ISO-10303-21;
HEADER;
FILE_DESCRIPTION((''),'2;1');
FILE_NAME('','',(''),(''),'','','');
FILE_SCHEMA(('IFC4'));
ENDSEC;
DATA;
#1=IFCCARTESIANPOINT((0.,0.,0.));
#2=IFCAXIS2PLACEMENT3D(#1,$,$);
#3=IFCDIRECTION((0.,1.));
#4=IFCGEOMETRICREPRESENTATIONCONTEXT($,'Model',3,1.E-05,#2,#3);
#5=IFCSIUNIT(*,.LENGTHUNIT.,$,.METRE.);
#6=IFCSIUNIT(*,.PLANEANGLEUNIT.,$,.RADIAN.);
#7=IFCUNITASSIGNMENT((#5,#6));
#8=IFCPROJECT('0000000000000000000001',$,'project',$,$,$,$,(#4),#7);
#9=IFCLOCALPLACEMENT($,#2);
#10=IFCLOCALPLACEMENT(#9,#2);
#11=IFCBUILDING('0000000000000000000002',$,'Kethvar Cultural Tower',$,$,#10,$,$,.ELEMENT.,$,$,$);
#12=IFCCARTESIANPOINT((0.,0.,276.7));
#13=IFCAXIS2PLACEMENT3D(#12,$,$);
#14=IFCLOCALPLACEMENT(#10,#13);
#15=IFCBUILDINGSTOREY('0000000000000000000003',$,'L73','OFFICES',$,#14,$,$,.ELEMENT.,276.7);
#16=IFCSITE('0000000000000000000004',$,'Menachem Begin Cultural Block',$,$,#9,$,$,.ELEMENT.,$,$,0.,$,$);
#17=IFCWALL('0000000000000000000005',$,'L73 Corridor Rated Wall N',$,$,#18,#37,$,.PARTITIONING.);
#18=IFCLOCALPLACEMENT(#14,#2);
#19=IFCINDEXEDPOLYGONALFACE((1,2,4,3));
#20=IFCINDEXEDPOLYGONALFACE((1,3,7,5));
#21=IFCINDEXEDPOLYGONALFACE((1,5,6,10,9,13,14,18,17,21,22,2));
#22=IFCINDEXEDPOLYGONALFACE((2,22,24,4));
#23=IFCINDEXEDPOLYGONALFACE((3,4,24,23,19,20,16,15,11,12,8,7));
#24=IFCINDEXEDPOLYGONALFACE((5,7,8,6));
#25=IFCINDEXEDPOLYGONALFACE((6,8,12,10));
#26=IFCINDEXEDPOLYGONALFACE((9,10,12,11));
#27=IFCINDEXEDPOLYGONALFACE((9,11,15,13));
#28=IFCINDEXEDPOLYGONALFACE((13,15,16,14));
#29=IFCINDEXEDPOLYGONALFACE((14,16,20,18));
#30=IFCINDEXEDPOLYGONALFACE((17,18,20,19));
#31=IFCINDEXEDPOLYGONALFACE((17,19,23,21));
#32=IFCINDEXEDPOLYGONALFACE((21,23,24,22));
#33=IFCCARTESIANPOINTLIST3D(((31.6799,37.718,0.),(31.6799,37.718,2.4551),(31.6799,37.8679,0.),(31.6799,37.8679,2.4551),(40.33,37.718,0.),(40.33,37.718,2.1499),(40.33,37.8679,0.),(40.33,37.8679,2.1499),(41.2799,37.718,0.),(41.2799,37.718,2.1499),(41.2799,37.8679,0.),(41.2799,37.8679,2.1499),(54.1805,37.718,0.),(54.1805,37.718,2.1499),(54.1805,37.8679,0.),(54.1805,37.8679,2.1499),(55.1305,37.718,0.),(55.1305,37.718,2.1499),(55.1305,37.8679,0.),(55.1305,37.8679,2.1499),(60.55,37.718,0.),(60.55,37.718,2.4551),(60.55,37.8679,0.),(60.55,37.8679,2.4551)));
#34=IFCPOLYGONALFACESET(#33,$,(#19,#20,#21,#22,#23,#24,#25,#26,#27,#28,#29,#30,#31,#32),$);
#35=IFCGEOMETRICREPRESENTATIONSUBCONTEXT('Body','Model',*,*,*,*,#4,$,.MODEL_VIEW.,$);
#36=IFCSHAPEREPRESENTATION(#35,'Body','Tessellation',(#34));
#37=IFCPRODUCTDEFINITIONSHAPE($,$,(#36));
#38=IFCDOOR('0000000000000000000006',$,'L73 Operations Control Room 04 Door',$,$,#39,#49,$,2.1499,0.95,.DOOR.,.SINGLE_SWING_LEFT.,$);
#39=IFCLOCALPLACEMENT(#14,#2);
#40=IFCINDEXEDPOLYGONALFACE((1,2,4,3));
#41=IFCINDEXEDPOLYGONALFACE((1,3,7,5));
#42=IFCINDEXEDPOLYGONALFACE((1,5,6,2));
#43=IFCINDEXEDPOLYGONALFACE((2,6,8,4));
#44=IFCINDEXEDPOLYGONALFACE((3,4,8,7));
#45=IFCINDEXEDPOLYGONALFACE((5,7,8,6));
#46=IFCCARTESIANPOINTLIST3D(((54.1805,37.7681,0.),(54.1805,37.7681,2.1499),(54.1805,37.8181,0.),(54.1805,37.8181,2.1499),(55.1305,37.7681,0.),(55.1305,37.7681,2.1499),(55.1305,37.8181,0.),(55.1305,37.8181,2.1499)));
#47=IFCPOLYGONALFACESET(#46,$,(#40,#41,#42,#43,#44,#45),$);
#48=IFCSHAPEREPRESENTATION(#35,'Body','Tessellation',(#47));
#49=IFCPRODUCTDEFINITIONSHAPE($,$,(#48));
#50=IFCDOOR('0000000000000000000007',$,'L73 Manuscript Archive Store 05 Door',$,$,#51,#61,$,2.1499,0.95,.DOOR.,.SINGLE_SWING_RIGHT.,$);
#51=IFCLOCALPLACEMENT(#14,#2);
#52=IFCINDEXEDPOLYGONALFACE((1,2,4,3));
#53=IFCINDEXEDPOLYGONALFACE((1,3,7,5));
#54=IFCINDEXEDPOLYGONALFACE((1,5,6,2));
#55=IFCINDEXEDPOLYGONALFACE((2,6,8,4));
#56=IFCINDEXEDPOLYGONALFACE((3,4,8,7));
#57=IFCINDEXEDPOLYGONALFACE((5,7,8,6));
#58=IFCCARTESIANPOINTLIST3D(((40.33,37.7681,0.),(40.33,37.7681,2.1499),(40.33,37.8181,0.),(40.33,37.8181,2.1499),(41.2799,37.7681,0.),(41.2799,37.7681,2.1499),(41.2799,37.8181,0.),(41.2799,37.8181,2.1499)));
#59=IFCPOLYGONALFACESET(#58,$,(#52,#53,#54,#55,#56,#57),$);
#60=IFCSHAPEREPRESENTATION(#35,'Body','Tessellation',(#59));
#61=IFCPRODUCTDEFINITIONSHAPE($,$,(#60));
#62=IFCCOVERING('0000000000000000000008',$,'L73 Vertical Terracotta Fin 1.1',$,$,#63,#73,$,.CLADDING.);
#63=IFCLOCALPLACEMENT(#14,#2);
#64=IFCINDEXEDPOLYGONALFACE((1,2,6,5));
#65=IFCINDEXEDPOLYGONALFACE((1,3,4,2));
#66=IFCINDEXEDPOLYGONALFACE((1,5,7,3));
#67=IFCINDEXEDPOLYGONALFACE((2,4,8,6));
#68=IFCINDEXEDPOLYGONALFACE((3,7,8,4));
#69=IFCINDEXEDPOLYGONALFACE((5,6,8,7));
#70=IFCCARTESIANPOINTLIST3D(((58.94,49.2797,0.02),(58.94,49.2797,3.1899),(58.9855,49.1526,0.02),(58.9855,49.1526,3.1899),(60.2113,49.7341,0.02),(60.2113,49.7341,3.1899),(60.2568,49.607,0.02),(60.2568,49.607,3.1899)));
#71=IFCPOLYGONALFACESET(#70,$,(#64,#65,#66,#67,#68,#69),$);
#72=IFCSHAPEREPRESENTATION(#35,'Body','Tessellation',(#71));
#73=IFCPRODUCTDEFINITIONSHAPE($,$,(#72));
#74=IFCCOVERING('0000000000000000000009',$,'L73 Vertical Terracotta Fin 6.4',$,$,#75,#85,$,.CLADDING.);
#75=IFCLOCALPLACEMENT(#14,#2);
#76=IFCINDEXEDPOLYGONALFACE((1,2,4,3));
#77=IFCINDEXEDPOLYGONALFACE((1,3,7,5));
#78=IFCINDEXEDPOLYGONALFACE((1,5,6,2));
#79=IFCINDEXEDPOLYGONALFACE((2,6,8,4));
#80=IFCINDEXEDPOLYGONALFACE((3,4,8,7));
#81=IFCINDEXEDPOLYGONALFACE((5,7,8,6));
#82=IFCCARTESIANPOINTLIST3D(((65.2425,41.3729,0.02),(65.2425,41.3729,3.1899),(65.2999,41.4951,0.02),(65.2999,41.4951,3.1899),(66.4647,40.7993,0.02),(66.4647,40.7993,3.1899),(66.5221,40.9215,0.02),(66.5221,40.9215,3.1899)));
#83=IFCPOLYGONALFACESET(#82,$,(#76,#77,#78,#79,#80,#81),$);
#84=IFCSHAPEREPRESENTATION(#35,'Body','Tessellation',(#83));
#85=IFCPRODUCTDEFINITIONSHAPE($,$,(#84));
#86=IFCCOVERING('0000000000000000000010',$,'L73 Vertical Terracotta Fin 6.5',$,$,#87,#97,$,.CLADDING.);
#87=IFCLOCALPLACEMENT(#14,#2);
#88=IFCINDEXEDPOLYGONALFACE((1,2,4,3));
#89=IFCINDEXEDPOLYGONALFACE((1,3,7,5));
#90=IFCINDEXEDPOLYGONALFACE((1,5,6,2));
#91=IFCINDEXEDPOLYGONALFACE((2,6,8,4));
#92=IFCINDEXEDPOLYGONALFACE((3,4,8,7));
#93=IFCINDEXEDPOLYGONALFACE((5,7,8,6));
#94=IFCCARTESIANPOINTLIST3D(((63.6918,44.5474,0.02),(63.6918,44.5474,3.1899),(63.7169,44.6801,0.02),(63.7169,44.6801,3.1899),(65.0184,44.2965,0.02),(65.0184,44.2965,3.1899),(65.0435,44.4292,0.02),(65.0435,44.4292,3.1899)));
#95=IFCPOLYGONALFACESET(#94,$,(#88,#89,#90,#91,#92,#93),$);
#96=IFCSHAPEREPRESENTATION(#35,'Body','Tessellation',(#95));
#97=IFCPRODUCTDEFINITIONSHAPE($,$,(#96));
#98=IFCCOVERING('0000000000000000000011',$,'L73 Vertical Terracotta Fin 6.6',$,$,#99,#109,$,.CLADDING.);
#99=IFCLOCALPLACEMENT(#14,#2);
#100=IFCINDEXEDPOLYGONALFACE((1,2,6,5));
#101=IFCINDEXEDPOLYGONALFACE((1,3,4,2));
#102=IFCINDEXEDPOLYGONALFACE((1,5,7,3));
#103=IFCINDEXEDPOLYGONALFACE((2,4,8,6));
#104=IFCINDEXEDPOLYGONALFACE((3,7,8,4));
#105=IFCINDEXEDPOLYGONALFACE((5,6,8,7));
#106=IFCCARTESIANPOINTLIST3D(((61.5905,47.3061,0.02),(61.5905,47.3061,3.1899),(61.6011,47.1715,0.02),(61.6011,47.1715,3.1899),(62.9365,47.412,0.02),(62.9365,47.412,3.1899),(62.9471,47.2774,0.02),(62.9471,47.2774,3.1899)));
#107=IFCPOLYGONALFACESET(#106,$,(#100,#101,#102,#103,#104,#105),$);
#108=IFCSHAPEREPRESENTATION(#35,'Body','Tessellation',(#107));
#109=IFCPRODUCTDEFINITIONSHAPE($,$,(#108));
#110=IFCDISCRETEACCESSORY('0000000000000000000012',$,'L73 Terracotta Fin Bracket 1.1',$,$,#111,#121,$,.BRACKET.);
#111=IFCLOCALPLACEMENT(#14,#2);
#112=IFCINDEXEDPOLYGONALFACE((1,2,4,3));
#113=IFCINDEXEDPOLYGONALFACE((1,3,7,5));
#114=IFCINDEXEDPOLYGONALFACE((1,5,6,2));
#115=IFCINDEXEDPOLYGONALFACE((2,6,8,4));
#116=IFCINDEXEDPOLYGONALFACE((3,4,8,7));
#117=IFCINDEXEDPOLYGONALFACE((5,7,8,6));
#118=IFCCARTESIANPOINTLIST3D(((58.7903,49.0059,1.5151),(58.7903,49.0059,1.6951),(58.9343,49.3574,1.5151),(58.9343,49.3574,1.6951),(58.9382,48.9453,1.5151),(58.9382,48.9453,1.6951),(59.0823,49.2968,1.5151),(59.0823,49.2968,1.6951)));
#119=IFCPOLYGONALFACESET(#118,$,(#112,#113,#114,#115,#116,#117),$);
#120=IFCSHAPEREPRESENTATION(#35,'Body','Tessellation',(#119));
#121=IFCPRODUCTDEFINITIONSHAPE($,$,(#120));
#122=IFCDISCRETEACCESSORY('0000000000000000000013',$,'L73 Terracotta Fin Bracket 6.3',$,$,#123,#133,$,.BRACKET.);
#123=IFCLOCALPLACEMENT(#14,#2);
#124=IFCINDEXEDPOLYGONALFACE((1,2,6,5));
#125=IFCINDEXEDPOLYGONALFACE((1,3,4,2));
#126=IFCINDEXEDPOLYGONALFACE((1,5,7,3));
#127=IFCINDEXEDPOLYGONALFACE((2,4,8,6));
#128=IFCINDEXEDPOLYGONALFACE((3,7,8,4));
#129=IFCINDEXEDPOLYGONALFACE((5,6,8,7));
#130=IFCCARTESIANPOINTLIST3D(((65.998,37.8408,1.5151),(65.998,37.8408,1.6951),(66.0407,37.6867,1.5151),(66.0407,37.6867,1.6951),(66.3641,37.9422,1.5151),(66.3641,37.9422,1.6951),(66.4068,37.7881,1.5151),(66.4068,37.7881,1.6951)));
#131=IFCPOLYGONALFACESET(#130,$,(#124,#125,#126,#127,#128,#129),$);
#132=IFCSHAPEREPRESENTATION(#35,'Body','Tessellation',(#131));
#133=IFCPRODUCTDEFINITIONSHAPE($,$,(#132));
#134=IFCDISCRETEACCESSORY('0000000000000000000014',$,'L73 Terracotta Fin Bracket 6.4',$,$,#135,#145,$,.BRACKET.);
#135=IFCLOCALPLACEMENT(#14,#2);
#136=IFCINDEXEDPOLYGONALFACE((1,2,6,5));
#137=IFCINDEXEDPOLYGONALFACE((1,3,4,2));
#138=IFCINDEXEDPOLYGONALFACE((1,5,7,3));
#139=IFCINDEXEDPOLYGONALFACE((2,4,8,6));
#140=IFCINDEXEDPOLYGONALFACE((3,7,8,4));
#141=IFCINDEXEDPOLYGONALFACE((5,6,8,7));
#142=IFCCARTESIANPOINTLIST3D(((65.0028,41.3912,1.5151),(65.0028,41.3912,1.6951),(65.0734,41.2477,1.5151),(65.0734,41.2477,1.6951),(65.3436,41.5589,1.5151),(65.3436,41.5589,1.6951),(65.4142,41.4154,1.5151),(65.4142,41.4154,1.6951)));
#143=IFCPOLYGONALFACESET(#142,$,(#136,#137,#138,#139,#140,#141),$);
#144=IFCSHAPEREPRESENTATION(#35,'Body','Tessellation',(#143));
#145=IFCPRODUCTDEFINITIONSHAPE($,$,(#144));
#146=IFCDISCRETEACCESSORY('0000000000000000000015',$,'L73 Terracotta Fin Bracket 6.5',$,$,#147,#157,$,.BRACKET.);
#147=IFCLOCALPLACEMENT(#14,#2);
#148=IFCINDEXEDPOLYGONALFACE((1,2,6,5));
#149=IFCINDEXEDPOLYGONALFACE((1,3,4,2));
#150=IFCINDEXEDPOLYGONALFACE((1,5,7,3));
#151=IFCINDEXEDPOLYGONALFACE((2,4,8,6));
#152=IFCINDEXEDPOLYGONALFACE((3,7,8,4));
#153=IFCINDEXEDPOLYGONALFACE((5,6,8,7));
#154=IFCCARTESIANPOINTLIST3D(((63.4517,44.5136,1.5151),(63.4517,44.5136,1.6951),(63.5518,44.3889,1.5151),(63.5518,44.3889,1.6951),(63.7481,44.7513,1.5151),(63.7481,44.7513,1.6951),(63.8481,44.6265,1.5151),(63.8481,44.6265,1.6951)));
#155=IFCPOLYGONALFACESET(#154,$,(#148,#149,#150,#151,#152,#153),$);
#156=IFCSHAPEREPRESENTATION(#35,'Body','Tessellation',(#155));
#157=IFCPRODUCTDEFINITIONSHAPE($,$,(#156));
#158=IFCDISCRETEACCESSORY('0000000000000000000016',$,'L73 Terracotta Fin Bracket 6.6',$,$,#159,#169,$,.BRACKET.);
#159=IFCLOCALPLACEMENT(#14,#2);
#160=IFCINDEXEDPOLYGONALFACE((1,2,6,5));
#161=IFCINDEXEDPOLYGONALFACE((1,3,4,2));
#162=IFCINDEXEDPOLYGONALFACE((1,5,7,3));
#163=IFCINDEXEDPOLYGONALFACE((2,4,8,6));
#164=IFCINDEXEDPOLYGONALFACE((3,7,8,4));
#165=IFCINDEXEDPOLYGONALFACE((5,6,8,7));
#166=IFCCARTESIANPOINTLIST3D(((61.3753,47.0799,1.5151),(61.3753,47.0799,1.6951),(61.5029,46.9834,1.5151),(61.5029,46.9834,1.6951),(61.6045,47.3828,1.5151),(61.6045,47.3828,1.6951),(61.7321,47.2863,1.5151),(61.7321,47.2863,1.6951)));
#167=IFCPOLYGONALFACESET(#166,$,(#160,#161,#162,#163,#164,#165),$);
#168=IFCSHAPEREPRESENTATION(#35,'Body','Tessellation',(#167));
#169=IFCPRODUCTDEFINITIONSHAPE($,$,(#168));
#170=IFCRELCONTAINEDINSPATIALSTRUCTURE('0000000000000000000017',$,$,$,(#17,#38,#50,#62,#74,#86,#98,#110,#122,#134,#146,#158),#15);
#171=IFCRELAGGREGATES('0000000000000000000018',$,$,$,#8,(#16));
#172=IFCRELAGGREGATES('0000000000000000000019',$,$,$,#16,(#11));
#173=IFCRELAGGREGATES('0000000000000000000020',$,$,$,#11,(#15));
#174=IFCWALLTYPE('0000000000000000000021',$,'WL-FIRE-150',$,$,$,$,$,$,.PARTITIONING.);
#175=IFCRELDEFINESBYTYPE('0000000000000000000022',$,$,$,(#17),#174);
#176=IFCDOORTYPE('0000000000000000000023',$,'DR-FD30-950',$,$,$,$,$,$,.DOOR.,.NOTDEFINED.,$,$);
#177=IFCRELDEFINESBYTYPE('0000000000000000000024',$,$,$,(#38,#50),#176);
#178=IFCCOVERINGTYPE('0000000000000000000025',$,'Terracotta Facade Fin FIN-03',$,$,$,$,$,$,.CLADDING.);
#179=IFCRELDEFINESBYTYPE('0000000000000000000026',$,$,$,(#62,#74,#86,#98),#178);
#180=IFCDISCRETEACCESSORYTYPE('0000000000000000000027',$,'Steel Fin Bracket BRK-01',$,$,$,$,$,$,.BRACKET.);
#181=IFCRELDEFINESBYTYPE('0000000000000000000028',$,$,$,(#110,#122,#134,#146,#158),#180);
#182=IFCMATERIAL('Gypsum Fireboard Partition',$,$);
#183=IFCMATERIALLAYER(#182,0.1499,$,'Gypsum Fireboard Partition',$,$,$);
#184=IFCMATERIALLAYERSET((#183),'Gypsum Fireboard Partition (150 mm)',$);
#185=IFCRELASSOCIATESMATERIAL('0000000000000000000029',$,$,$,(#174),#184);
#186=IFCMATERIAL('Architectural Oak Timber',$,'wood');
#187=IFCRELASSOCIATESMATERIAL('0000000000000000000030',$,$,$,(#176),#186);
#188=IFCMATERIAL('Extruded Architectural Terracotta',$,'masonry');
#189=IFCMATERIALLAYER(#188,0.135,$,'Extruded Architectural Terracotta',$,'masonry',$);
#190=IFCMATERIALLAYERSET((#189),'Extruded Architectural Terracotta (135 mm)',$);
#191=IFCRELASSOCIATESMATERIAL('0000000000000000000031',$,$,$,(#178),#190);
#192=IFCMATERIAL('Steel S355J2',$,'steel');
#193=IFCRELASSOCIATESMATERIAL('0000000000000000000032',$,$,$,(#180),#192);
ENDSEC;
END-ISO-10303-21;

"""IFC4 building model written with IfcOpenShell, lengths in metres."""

from ifc_helpers import new_model, si_unit, direction, frame, frame_2d, origin, origin_2d, place, context, subcontext, project, spatial, rectangle, extrude, source, transform, mapped, material, layer, layer_set, type_object, element, fill, save


model = new_model("IFC4")

# Units and contexts
model_context = context("Model", 3, precision=1e-05, world=origin(), true_north=direction((0.0, 1.0)))
body_context = subcontext(model_context, "Body", "Model", "MODEL_VIEW")
ifc_project = project(units=[si_unit("LENGTHUNIT", "METRE"), si_unit("PLANEANGLEUNIT", "RADIAN")], contexts=[model_context])

# Site, building, storey
site_placement = place(None, origin())
site = spatial("IfcSite", under=ifc_project, at=site_placement, Name="Menachem Begin Cultural Block", CompositionType="ELEMENT", RefElevation=0.0)
building_placement = place(site_placement, origin())
building = spatial("IfcBuilding", under=site, at=building_placement, Name="Kethvar Cultural Tower", CompositionType="ELEMENT")
storey_placement = place(building_placement, frame((0.0, 0.0, 276.7)))
storey = spatial("IfcBuildingStorey", under=building, at=storey_placement, Name="L73", Description="OFFICES", CompositionType="ELEMENT", Elevation=276.7)

# Shared definitions
ifc_material_1 = material(Name="Steel S355J2", Category="steel")

# Wall, openings, doors
ifc_material_2 = material(Name="Gypsum Fireboard Partition")
ifc_layer_1 = layer(ifc_material_2, 0.1499, Name="Gypsum Fireboard Partition")
ifc_layer_set_1 = layer_set([ifc_layer_1], Name="Gypsum Fireboard Partition (150 mm)")
wall_type = type_object("IfcWallType", Name="WL-FIRE-150", PredefinedType="PARTITIONING", material=ifc_layer_set_1)
wall_placement = place(storey_placement, frame((60.55, 37.793, 0.0), z_axis=(0.0, 0.0, 1.0), x_axis=(-1.0, 0.0, 0.0)))
wall = element("IfcWall", 1, at=wall_placement, inside=storey, type_object=wall_type, Name="L73 Corridor Rated Wall N", PredefinedType="PARTITIONING", context=body_context, shape_type="SweptSolid", body=[
    extrude(rectangle(XDim=28.8701, YDim=0.1499, at=frame_2d((14.4351, 0.0))), origin(), (0.0, 0.0, 1.0), 2.4551),
])
opening_1_placement = place(wall_placement, frame((5.4194, 0.0, 0.0)))
opening_1 = element("IfcOpeningElement", 2, at=opening_1_placement, cuts=wall, PredefinedType="OPENING", context=body_context, shape_type="SweptSolid", body=[
    extrude(rectangle(XDim=0.95, YDim=2.1499, at=frame_2d((0.4751, 1.075))), frame((0.0, 0.085, 0.0), z_axis=(0.0, -1.0, 0.0), x_axis=(1.0, 0.0, 0.0)), (0.0, 0.0, 1.0), 0.1699),
])
opening_2_placement = place(wall_placement, frame((19.27, 0.0, 0.0)))
opening_2 = element("IfcOpeningElement", 3, at=opening_2_placement, cuts=wall, PredefinedType="OPENING", context=body_context, shape_type="SweptSolid", body=[
    extrude(rectangle(XDim=0.95, YDim=2.1499, at=frame_2d((0.4751, 1.075))), frame((0.0, 0.085, 0.0), z_axis=(0.0, -1.0, 0.0), x_axis=(1.0, 0.0, 0.0)), (0.0, 0.0, 1.0), 0.1699),
])
ifc_material_3 = material(Name="Architectural Oak Timber", Category="wood")
door_type = type_object("IfcDoorType", Name="DR-FD30-950", OperationType="NOTDEFINED", PredefinedType="DOOR", material=ifc_material_3)
shared_shape_1 = source(origin(), body_context, "Body", "SweptSolid", [
    extrude(rectangle(XDim=0.95, YDim=2.1499, at=frame_2d((0.4751, 1.075))), frame((0.0, 0.0249, 0.0), z_axis=(0.0, -1.0, 0.0), x_axis=(1.0, 0.0, 0.0)), (0.0, 0.0, 1.0), 0.05),
])
door_1_placement = place(opening_1_placement, origin())
door_1 = element("IfcDoor", 4, at=door_1_placement, inside=storey, type_object=door_type, Name="L73 Operations Control Room 04 Door", OperationType="SINGLE_SWING_LEFT", OverallHeight=2.1499, OverallWidth=0.95, PredefinedType="DOOR", context=body_context, shape_type="MappedRepresentation", body=[
    mapped(shared_shape_1, transform((0.0, 0.0, 0.0), scale=1.0)),
])
fill(opening_1, door_1)
door_2_placement = place(opening_2_placement, origin())
door_2 = element("IfcDoor", 5, at=door_2_placement, inside=storey, type_object=door_type, Name="L73 Manuscript Archive Store 05 Door", OperationType="SINGLE_SWING_RIGHT", OverallHeight=2.1499, OverallWidth=0.95, PredefinedType="DOOR", context=body_context, shape_type="MappedRepresentation", body=[
    mapped(shared_shape_1, transform((0.0, 0.0, 0.0), scale=1.0)),
])
fill(opening_2, door_2)

# Coverings
ifc_material_4 = material(Name="Extruded Architectural Terracotta", Category="masonry")
ifc_layer_2 = layer(ifc_material_4, 0.135, Name="Extruded Architectural Terracotta", Category="masonry")
ifc_layer_set_2 = layer_set([ifc_layer_2], Name="Extruded Architectural Terracotta (135 mm)")
covering_type = type_object("IfcCoveringType", Name="Terracotta Facade Fin FIN-03", PredefinedType="CLADDING", material=ifc_layer_set_2)
shared_shape_2 = source(origin(), body_context, "Body", "SweptSolid", [
    extrude(rectangle(XDim=1.3501, YDim=0.135, at=origin_2d()), origin(), (0.0, 0.0, 1.0), 3.1699),
])
for number, where, z_axis, x_axis, name in (
    (6, (59.5984, 49.4434, 0.02), (0.0, 0.0, 1.0), (0.941647, 0.336602, 0.0), "L73 Vertical Terracotta Fin 1.1"),
    (7, (65.8823, 41.1472, 0.02), (0.0, 0.0, 1.0), (0.905272, -0.424832, 0.0), "L73 Vertical Terracotta Fin 6.4"),
    (8, (64.3677, 44.4883, 0.02), (0.0, 0.0, 1.0), (0.98258, -0.185838, 0.0), "L73 Vertical Terracotta Fin 6.5"),
    (9, (62.2688, 47.2917, 0.02), (0.0, 0.0, 1.0), (0.996917, 0.078459, 0.0), "L73 Vertical Terracotta Fin 6.6"),
):
    element("IfcCovering", number, at=place(storey_placement, frame(where, z_axis=z_axis, x_axis=x_axis)), inside=storey, type_object=covering_type, Name=name, PredefinedType="CLADDING", context=body_context, shape_type="MappedRepresentation", body=[
        mapped(shared_shape_2, transform((0.0, 0.0, 0.0), scale=1.0)),
    ])

# Discrete accessories
discrete_accessory_type = type_object("IfcDiscreteAccessoryType", Name="Steel Fin Bracket BRK-01", PredefinedType="BRACKET", material=ifc_material_1)
shared_shape_3 = source(origin(), body_context, "Body", "SweptSolid", [
    extrude(rectangle(XDim=0.3799, YDim=0.1599, at=origin_2d()), origin(), (0.0, 0.0, 1.0), 0.1799),
])
for number, where, z_axis, x_axis, name in (
    (10, (58.9363, 49.1514, 1.5151), (0.0, 0.0, 1.0), (0.379295, 0.925276, 0.0), "L73 Terracotta Fin Bracket 1.1"),
    (11, (66.2024, 37.8145, 1.5151), (0.0, 0.0, 1.0), (0.963724, 0.266902, 0.0), "L73 Terracotta Fin Bracket 6.3"),
    (12, (65.2085, 41.4033, 1.5151), (0.0, 0.0, 1.0), (0.897258, 0.441506, 0.0), "L73 Terracotta Fin Bracket 6.4"),
    (13, (63.6499, 44.5701, 1.5151), (0.0, 0.0, 1.0), (0.780103, 0.625651, 0.0), "L73 Terracotta Fin Bracket 6.5"),
    (14, (61.5537, 47.1831, 1.5151), (0.0, 0.0, 1.0), (0.603347, 0.797479, 0.0), "L73 Terracotta Fin Bracket 6.6"),
):
    element("IfcDiscreteAccessory", number, at=place(storey_placement, frame(where, z_axis=z_axis, x_axis=x_axis)), inside=storey, type_object=discrete_accessory_type, Name=name, PredefinedType="BRACKET", context=body_context, shape_type="MappedRepresentation", body=[
        mapped(shared_shape_3, transform((0.0, 0.0, 0.0), scale=1.0)),
    ])

save(model, "model.ifc")
